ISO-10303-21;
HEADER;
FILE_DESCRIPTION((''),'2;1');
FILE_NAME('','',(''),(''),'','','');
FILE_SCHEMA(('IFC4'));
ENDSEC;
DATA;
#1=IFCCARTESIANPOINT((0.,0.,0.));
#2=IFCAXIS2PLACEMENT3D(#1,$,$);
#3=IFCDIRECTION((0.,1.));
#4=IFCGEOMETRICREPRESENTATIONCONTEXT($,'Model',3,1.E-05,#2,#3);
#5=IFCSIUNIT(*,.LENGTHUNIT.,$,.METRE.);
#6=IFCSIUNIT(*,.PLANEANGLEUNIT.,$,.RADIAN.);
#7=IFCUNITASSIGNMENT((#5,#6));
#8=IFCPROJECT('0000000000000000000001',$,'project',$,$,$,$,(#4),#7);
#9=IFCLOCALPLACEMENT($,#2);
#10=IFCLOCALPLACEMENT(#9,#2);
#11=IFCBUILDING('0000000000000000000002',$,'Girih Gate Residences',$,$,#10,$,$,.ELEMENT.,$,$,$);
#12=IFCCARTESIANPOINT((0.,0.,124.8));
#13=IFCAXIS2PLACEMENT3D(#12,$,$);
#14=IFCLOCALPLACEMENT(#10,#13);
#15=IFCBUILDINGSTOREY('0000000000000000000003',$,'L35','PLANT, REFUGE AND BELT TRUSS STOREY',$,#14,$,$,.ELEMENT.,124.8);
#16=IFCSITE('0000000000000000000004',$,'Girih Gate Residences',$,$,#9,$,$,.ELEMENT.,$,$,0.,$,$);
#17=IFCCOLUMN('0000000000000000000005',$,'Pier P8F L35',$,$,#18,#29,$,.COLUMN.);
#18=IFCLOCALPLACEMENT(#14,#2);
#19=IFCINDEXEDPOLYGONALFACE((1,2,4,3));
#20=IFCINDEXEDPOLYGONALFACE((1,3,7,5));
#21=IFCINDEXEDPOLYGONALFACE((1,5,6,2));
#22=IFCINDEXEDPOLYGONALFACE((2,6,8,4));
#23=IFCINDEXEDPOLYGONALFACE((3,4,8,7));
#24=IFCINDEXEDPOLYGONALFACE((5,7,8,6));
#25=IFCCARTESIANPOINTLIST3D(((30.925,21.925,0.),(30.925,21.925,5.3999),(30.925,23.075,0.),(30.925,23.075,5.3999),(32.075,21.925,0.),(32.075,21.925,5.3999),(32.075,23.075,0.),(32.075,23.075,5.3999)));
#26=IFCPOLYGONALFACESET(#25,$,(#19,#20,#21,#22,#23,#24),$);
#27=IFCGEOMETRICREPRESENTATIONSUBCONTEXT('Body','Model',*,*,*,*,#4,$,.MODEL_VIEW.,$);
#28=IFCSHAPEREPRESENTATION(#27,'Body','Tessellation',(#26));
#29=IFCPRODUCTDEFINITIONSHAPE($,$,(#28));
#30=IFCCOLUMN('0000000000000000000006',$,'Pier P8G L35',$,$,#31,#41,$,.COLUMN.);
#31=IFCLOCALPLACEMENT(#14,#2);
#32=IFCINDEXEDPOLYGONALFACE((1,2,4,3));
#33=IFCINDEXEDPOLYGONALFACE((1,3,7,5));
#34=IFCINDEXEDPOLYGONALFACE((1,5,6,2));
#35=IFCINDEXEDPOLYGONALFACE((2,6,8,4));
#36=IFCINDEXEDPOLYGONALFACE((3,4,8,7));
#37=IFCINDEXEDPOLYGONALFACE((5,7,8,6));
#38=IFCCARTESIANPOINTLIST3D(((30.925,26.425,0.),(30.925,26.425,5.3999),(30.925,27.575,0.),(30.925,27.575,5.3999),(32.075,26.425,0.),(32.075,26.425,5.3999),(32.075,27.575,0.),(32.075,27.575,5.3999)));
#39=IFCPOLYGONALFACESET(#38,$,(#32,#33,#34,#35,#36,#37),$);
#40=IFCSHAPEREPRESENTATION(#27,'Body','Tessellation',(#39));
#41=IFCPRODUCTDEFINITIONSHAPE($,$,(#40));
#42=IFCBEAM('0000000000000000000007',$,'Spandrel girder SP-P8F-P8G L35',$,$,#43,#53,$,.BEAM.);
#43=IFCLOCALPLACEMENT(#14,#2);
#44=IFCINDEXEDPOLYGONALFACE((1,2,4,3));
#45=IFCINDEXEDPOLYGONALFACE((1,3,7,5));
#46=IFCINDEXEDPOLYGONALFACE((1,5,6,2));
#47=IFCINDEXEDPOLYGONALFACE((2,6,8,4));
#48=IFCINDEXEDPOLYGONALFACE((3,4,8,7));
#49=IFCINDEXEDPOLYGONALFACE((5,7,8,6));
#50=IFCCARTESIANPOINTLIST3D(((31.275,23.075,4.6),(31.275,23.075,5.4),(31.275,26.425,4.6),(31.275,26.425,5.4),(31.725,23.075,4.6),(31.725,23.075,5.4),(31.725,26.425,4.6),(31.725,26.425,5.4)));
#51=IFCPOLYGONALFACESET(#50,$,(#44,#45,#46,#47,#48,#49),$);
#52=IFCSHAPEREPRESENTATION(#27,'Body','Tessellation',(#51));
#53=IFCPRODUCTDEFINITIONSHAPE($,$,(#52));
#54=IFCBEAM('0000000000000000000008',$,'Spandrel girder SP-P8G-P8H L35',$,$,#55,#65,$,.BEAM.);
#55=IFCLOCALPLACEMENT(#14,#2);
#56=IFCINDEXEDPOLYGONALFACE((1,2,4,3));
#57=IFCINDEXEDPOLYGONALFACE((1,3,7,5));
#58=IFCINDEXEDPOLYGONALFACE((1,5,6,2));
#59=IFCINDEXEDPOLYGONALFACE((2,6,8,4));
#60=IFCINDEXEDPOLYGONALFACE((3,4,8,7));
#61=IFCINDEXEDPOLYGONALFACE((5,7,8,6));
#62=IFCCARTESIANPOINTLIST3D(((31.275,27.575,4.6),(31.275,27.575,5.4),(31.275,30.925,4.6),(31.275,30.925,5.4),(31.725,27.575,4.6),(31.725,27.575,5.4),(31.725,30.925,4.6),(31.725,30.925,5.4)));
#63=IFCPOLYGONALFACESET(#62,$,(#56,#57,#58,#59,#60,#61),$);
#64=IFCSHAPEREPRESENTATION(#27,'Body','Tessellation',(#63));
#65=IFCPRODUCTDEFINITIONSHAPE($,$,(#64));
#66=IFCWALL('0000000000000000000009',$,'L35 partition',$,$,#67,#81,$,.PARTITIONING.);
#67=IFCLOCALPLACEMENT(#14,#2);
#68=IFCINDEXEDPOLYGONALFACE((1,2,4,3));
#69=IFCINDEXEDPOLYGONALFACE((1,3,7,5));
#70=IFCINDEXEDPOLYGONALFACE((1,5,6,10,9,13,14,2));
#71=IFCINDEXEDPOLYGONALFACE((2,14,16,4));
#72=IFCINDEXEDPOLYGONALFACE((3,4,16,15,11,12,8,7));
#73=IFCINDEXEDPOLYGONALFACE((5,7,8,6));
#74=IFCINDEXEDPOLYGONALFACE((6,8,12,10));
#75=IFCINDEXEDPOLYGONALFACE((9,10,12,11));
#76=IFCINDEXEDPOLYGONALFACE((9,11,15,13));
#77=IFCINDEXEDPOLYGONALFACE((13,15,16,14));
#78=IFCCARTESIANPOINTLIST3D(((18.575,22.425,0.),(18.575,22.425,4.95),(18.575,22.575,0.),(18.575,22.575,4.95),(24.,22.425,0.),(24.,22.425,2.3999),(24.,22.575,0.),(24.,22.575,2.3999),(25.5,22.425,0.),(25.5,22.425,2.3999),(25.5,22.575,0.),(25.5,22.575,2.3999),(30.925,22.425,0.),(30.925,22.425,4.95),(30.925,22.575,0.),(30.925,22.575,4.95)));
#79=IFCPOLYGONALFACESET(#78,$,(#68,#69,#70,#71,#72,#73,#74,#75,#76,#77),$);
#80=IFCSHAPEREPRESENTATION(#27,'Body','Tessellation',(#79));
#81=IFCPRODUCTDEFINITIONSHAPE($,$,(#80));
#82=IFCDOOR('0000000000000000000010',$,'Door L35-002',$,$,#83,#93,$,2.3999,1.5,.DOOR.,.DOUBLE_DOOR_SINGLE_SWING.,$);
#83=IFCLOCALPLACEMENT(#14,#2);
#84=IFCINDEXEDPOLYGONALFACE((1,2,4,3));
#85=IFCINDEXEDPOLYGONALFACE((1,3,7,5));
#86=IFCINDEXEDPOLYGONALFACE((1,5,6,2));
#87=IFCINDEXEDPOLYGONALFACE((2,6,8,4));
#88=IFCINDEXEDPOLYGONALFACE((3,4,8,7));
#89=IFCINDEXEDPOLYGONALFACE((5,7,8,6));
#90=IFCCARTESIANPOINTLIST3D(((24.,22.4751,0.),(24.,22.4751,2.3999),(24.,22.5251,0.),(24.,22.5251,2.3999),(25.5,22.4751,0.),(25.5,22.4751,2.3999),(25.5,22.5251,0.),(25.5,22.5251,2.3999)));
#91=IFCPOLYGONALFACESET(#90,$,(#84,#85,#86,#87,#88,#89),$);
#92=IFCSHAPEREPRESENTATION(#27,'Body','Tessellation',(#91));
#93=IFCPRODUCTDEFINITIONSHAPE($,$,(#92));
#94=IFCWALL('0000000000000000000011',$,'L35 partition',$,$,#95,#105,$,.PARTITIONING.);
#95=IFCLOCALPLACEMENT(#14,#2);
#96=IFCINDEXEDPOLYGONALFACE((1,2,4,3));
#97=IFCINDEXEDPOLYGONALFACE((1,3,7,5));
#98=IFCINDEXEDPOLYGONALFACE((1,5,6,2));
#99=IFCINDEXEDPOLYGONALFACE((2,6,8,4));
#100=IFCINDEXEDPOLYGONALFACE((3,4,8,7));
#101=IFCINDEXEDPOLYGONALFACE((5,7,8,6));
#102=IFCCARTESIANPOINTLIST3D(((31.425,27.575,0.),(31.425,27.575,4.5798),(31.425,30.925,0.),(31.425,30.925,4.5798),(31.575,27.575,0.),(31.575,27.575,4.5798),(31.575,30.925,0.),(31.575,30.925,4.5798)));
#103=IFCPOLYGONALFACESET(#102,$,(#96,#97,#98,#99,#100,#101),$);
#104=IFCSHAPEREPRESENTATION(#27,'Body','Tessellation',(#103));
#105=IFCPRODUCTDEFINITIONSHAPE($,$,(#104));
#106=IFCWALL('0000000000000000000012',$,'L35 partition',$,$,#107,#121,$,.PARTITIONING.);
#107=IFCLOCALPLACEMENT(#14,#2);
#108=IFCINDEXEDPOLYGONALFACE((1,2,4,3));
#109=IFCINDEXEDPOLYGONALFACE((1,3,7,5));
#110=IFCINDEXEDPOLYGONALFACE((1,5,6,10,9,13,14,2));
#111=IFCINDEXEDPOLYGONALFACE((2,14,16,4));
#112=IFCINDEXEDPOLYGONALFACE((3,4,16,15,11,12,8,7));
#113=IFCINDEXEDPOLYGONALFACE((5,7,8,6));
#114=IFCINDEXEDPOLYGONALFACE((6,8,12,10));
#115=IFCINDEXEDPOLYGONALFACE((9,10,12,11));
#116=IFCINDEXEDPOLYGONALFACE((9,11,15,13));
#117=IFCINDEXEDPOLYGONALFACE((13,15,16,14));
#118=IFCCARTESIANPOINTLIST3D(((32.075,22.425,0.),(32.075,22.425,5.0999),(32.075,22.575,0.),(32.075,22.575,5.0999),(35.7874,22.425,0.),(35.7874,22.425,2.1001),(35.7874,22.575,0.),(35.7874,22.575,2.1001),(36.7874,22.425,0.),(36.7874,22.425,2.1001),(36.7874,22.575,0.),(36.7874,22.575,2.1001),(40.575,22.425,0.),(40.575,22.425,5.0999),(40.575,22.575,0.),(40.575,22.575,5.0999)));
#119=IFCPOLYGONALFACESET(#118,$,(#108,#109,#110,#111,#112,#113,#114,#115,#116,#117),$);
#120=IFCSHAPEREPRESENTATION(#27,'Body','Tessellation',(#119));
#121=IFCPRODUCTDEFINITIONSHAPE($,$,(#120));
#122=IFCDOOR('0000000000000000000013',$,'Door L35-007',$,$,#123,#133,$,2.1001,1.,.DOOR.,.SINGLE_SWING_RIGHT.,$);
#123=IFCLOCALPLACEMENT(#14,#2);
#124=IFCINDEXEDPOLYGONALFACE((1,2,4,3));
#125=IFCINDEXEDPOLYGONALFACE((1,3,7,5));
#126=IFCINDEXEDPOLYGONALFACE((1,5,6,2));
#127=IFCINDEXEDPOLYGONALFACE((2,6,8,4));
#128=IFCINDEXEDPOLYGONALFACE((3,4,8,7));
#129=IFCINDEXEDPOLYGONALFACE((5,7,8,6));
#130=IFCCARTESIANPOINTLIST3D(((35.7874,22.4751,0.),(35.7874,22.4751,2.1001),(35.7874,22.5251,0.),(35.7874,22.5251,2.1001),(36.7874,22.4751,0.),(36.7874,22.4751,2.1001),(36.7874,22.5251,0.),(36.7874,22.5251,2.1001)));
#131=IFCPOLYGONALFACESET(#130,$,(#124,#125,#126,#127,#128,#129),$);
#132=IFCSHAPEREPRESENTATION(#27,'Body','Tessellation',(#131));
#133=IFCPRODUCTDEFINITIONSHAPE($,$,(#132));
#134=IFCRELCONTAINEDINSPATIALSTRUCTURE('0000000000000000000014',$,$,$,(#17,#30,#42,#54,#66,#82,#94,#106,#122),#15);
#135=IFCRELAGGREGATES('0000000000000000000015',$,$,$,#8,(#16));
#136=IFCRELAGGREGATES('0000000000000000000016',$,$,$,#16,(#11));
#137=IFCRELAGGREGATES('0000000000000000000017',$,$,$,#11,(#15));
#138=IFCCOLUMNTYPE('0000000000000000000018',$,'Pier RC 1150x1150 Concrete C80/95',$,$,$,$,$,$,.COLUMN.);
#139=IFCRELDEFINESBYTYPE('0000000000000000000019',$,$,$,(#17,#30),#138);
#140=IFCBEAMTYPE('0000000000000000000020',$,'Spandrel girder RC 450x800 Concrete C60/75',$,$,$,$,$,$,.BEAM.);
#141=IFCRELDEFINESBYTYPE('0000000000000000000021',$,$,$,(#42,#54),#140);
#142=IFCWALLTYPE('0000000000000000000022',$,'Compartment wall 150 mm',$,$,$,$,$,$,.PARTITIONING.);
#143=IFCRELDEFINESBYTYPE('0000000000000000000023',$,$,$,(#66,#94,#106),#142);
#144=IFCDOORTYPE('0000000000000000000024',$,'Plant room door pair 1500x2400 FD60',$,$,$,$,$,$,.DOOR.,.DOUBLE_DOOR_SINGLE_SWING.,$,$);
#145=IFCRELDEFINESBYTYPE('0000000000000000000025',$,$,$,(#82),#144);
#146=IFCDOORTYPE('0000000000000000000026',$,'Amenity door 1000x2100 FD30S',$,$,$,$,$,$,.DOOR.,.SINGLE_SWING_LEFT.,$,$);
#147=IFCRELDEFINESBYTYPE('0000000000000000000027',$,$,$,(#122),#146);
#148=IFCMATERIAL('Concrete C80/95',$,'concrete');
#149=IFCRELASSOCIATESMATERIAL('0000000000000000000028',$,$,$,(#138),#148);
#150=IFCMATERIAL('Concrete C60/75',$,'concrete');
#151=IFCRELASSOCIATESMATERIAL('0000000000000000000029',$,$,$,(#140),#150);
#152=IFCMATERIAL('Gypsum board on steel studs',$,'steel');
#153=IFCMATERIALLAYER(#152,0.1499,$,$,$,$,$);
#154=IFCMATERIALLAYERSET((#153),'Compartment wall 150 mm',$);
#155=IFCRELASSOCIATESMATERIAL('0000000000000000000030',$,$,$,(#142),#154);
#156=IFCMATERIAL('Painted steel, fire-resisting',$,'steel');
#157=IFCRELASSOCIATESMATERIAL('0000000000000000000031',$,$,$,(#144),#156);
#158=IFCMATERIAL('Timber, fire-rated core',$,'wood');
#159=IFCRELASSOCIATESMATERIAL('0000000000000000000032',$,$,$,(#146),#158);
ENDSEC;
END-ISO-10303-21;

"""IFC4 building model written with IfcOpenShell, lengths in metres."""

from ifc_helpers import new_model, si_unit, direction, frame, frame_2d, origin, origin_2d, place, context, subcontext, project, spatial, rectangle, extrude, material, layer, layer_set, material_profile, profile_set, type_object, element, fill, save


model = new_model("IFC4")

# Units and contexts
model_context = context("Model", 3, precision=1e-05, world=origin(), true_north=direction((0.0, 1.0)))
body_context = subcontext(model_context, "Body", "Model", "MODEL_VIEW")
ifc_project = project(units=[si_unit("LENGTHUNIT", "METRE"), si_unit("PLANEANGLEUNIT", "RADIAN")], contexts=[model_context])

# Site, building, storey
site_placement = place(None, origin())
site = spatial("IfcSite", under=ifc_project, at=site_placement, Name="Girih Gate Residences", CompositionType="ELEMENT", RefElevation=0.0)
building_placement = place(site_placement, origin())
building = spatial("IfcBuilding", under=site, at=building_placement, Name="Girih Gate Residences", CompositionType="ELEMENT")
storey_placement = place(building_placement, frame((0.0, 0.0, 124.8)))
storey = spatial("IfcBuildingStorey", under=building, at=storey_placement, Name="L35", Description="PLANT, REFUGE AND BELT TRUSS STOREY", CompositionType="ELEMENT", Elevation=124.8)

# Columns
ifc_material_1 = material(Name="Concrete C80/95", Category="concrete")
ifc_material_profile_1 = material_profile(ifc_material_1, rectangle(XDim=1.1499, YDim=1.1499, at=origin_2d()))
ifc_profile_set_1 = profile_set([ifc_material_profile_1], Name="Concrete C80/95")
column_type = type_object("IfcColumnType", Name="Pier RC 1150x1150 Concrete C80/95", PredefinedType="COLUMN", material=ifc_profile_set_1)
for number, where, z_axis, x_axis, name in (
    (1, (31.5, 22.5, 0.0), (0.0, 0.0, 1.0), (1.0, 0.0, 0.0), "Pier P8F L35"),
    (2, (31.5, 27.0, 0.0), (0.0, 0.0, 1.0), (1.0, 0.0, 0.0), "Pier P8G L35"),
):
    element("IfcColumn", number, at=place(storey_placement, frame(where, z_axis=z_axis, x_axis=x_axis)), inside=storey, type_object=column_type, Name=name, PredefinedType="COLUMN", context=body_context, shape_type="SweptSolid", body=[
        extrude(rectangle(XDim=1.1499, YDim=1.1499, at=origin_2d()), origin(), (0.0, 0.0, 1.0), 5.3999),
    ])

# Beams
ifc_material_2 = material(Name="Concrete C60/75", Category="concrete")
ifc_material_profile_2 = material_profile(ifc_material_2, rectangle(XDim=0.45, YDim=0.8, at=origin_2d()))
ifc_profile_set_2 = profile_set([ifc_material_profile_2], Name="Concrete C60/75")
beam_type = type_object("IfcBeamType", Name="Spandrel girder RC 450x800 Concrete C60/75", PredefinedType="BEAM", material=ifc_profile_set_2)
for number, where, z_axis, x_axis, name in (
    (3, (31.5, 23.075, 5.0), (0.0, 1.0, 0.0), (-1.0, 0.0, 0.0), "Spandrel girder SP-P8F-P8G L35"),
    (4, (31.5, 27.575, 5.0), (0.0, 1.0, 0.0), (-1.0, 0.0, 0.0), "Spandrel girder SP-P8G-P8H L35"),
):
    element("IfcBeam", number, at=place(storey_placement, frame(where, z_axis=z_axis, x_axis=x_axis)), inside=storey, type_object=beam_type, Name=name, PredefinedType="BEAM", context=body_context, shape_type="SweptSolid", body=[
        extrude(rectangle(XDim=0.45, YDim=0.8, at=origin_2d()), origin(), (0.0, 0.0, 1.0), 3.3501),
    ])

# Wall, opening, door
ifc_material_3 = material(Name="Gypsum board on steel studs", Category="steel")
ifc_layer_1 = layer(ifc_material_3, 0.1499)
ifc_layer_set_1 = layer_set([ifc_layer_1], Name="Compartment wall 150 mm")
wall_type_1 = type_object("IfcWallType", Name="Compartment wall 150 mm", PredefinedType="PARTITIONING", material=ifc_layer_set_1)
wall_1_placement = place(storey_placement, frame((30.925, 22.5, 0.0), z_axis=(0.0, 0.0, 1.0), x_axis=(-1.0, 0.0, 0.0)))
wall_1 = element("IfcWall", 5, at=wall_1_placement, inside=storey, type_object=wall_type_1, Name="L35 partition", PredefinedType="PARTITIONING", context=body_context, shape_type="SweptSolid", body=[
    extrude(rectangle(XDim=12.3501, YDim=0.1499, at=frame_2d((6.175, 0.0))), origin(), (0.0, 0.0, 1.0), 4.95),
])
opening_1_placement = place(wall_1_placement, frame((5.425, 0.0, 0.0)))
opening_1 = element("IfcOpeningElement", 6, at=opening_1_placement, cuts=wall_1, PredefinedType="OPENING", context=body_context, shape_type="SweptSolid", body=[
    extrude(rectangle(XDim=1.5, YDim=2.3999, at=frame_2d((0.75, 1.2))), frame((0.0, 0.085, 0.0), z_axis=(0.0, -1.0, 0.0), x_axis=(1.0, 0.0, 0.0)), (0.0, 0.0, 1.0), 0.1699),
])
ifc_material_4 = material(Name="Painted steel, fire-resisting", Category="steel")
door_type_1 = type_object("IfcDoorType", Name="Plant room door pair 1500x2400 FD60", OperationType="DOUBLE_DOOR_SINGLE_SWING", PredefinedType="DOOR", material=ifc_material_4)
door_1_placement = place(opening_1_placement, origin())
door_1 = element("IfcDoor", 7, at=door_1_placement, inside=storey, type_object=door_type_1, Name="Door L35-002", OperationType="DOUBLE_DOOR_SINGLE_SWING", OverallHeight=2.3999, OverallWidth=1.5, PredefinedType="DOOR", context=body_context, shape_type="SweptSolid", body=[
    extrude(rectangle(XDim=1.5, YDim=2.3999, at=frame_2d((0.75, 1.2))), frame((0.0, 0.0249, 0.0), z_axis=(0.0, -1.0, 0.0), x_axis=(1.0, 0.0, 0.0)), (0.0, 0.0, 1.0), 0.05),
])
fill(opening_1, door_1)

# Wall
wall_2_placement = place(storey_placement, frame((31.5, 27.575, 0.0), z_axis=(0.0, 0.0, 1.0), x_axis=(0.0, 1.0, 0.0)))
element("IfcWall", 8, at=wall_2_placement, inside=storey, type_object=wall_type_1, Name="L35 partition", PredefinedType="PARTITIONING", context=body_context, shape_type="SweptSolid", body=[
    extrude(rectangle(XDim=3.3501, YDim=0.1499, at=frame_2d((1.675, 0.0))), origin(), (0.0, 0.0, 1.0), 4.5798),
])

# Wall, opening, door
wall_3_placement = place(storey_placement, frame((40.575, 22.5, 0.0), z_axis=(0.0, 0.0, 1.0), x_axis=(-1.0, 0.0, 0.0)))
wall_3 = element("IfcWall", 9, at=wall_3_placement, inside=storey, type_object=wall_type_1, Name="L35 partition", PredefinedType="PARTITIONING", context=body_context, shape_type="SweptSolid", body=[
    extrude(rectangle(XDim=8.5, YDim=0.1499, at=frame_2d((4.25, 0.0))), origin(), (0.0, 0.0, 1.0), 5.0999),
])
opening_2_placement = place(wall_3_placement, frame((3.7876, 0.0, 0.0)))
opening_2 = element("IfcOpeningElement", 10, at=opening_2_placement, cuts=wall_3, PredefinedType="OPENING", context=body_context, shape_type="SweptSolid", body=[
    extrude(rectangle(XDim=1.0, YDim=2.1001, at=frame_2d((0.5, 1.05))), frame((0.0, 0.085, 0.0), z_axis=(0.0, -1.0, 0.0), x_axis=(1.0, 0.0, 0.0)), (0.0, 0.0, 1.0), 0.1699),
])
ifc_material_5 = material(Name="Timber, fire-rated core", Category="wood")
door_type_2 = type_object("IfcDoorType", Name="Amenity door 1000x2100 FD30S", OperationType="SINGLE_SWING_LEFT", PredefinedType="DOOR", material=ifc_material_5)
door_2_placement = place(opening_2_placement, origin())
door_2 = element("IfcDoor", 11, at=door_2_placement, inside=storey, type_object=door_type_2, Name="Door L35-007", OperationType="SINGLE_SWING_RIGHT", OverallHeight=2.1001, OverallWidth=1.0, PredefinedType="DOOR", context=body_context, shape_type="SweptSolid", body=[
    extrude(rectangle(XDim=1.0, YDim=2.1001, at=frame_2d((0.5, 1.05))), frame((0.0, 0.0249, 0.0), z_axis=(0.0, -1.0, 0.0), x_axis=(1.0, 0.0, 0.0)), (0.0, 0.0, 1.0), 0.05),
])
fill(opening_2, door_2)

save(model, "model.ifc")
